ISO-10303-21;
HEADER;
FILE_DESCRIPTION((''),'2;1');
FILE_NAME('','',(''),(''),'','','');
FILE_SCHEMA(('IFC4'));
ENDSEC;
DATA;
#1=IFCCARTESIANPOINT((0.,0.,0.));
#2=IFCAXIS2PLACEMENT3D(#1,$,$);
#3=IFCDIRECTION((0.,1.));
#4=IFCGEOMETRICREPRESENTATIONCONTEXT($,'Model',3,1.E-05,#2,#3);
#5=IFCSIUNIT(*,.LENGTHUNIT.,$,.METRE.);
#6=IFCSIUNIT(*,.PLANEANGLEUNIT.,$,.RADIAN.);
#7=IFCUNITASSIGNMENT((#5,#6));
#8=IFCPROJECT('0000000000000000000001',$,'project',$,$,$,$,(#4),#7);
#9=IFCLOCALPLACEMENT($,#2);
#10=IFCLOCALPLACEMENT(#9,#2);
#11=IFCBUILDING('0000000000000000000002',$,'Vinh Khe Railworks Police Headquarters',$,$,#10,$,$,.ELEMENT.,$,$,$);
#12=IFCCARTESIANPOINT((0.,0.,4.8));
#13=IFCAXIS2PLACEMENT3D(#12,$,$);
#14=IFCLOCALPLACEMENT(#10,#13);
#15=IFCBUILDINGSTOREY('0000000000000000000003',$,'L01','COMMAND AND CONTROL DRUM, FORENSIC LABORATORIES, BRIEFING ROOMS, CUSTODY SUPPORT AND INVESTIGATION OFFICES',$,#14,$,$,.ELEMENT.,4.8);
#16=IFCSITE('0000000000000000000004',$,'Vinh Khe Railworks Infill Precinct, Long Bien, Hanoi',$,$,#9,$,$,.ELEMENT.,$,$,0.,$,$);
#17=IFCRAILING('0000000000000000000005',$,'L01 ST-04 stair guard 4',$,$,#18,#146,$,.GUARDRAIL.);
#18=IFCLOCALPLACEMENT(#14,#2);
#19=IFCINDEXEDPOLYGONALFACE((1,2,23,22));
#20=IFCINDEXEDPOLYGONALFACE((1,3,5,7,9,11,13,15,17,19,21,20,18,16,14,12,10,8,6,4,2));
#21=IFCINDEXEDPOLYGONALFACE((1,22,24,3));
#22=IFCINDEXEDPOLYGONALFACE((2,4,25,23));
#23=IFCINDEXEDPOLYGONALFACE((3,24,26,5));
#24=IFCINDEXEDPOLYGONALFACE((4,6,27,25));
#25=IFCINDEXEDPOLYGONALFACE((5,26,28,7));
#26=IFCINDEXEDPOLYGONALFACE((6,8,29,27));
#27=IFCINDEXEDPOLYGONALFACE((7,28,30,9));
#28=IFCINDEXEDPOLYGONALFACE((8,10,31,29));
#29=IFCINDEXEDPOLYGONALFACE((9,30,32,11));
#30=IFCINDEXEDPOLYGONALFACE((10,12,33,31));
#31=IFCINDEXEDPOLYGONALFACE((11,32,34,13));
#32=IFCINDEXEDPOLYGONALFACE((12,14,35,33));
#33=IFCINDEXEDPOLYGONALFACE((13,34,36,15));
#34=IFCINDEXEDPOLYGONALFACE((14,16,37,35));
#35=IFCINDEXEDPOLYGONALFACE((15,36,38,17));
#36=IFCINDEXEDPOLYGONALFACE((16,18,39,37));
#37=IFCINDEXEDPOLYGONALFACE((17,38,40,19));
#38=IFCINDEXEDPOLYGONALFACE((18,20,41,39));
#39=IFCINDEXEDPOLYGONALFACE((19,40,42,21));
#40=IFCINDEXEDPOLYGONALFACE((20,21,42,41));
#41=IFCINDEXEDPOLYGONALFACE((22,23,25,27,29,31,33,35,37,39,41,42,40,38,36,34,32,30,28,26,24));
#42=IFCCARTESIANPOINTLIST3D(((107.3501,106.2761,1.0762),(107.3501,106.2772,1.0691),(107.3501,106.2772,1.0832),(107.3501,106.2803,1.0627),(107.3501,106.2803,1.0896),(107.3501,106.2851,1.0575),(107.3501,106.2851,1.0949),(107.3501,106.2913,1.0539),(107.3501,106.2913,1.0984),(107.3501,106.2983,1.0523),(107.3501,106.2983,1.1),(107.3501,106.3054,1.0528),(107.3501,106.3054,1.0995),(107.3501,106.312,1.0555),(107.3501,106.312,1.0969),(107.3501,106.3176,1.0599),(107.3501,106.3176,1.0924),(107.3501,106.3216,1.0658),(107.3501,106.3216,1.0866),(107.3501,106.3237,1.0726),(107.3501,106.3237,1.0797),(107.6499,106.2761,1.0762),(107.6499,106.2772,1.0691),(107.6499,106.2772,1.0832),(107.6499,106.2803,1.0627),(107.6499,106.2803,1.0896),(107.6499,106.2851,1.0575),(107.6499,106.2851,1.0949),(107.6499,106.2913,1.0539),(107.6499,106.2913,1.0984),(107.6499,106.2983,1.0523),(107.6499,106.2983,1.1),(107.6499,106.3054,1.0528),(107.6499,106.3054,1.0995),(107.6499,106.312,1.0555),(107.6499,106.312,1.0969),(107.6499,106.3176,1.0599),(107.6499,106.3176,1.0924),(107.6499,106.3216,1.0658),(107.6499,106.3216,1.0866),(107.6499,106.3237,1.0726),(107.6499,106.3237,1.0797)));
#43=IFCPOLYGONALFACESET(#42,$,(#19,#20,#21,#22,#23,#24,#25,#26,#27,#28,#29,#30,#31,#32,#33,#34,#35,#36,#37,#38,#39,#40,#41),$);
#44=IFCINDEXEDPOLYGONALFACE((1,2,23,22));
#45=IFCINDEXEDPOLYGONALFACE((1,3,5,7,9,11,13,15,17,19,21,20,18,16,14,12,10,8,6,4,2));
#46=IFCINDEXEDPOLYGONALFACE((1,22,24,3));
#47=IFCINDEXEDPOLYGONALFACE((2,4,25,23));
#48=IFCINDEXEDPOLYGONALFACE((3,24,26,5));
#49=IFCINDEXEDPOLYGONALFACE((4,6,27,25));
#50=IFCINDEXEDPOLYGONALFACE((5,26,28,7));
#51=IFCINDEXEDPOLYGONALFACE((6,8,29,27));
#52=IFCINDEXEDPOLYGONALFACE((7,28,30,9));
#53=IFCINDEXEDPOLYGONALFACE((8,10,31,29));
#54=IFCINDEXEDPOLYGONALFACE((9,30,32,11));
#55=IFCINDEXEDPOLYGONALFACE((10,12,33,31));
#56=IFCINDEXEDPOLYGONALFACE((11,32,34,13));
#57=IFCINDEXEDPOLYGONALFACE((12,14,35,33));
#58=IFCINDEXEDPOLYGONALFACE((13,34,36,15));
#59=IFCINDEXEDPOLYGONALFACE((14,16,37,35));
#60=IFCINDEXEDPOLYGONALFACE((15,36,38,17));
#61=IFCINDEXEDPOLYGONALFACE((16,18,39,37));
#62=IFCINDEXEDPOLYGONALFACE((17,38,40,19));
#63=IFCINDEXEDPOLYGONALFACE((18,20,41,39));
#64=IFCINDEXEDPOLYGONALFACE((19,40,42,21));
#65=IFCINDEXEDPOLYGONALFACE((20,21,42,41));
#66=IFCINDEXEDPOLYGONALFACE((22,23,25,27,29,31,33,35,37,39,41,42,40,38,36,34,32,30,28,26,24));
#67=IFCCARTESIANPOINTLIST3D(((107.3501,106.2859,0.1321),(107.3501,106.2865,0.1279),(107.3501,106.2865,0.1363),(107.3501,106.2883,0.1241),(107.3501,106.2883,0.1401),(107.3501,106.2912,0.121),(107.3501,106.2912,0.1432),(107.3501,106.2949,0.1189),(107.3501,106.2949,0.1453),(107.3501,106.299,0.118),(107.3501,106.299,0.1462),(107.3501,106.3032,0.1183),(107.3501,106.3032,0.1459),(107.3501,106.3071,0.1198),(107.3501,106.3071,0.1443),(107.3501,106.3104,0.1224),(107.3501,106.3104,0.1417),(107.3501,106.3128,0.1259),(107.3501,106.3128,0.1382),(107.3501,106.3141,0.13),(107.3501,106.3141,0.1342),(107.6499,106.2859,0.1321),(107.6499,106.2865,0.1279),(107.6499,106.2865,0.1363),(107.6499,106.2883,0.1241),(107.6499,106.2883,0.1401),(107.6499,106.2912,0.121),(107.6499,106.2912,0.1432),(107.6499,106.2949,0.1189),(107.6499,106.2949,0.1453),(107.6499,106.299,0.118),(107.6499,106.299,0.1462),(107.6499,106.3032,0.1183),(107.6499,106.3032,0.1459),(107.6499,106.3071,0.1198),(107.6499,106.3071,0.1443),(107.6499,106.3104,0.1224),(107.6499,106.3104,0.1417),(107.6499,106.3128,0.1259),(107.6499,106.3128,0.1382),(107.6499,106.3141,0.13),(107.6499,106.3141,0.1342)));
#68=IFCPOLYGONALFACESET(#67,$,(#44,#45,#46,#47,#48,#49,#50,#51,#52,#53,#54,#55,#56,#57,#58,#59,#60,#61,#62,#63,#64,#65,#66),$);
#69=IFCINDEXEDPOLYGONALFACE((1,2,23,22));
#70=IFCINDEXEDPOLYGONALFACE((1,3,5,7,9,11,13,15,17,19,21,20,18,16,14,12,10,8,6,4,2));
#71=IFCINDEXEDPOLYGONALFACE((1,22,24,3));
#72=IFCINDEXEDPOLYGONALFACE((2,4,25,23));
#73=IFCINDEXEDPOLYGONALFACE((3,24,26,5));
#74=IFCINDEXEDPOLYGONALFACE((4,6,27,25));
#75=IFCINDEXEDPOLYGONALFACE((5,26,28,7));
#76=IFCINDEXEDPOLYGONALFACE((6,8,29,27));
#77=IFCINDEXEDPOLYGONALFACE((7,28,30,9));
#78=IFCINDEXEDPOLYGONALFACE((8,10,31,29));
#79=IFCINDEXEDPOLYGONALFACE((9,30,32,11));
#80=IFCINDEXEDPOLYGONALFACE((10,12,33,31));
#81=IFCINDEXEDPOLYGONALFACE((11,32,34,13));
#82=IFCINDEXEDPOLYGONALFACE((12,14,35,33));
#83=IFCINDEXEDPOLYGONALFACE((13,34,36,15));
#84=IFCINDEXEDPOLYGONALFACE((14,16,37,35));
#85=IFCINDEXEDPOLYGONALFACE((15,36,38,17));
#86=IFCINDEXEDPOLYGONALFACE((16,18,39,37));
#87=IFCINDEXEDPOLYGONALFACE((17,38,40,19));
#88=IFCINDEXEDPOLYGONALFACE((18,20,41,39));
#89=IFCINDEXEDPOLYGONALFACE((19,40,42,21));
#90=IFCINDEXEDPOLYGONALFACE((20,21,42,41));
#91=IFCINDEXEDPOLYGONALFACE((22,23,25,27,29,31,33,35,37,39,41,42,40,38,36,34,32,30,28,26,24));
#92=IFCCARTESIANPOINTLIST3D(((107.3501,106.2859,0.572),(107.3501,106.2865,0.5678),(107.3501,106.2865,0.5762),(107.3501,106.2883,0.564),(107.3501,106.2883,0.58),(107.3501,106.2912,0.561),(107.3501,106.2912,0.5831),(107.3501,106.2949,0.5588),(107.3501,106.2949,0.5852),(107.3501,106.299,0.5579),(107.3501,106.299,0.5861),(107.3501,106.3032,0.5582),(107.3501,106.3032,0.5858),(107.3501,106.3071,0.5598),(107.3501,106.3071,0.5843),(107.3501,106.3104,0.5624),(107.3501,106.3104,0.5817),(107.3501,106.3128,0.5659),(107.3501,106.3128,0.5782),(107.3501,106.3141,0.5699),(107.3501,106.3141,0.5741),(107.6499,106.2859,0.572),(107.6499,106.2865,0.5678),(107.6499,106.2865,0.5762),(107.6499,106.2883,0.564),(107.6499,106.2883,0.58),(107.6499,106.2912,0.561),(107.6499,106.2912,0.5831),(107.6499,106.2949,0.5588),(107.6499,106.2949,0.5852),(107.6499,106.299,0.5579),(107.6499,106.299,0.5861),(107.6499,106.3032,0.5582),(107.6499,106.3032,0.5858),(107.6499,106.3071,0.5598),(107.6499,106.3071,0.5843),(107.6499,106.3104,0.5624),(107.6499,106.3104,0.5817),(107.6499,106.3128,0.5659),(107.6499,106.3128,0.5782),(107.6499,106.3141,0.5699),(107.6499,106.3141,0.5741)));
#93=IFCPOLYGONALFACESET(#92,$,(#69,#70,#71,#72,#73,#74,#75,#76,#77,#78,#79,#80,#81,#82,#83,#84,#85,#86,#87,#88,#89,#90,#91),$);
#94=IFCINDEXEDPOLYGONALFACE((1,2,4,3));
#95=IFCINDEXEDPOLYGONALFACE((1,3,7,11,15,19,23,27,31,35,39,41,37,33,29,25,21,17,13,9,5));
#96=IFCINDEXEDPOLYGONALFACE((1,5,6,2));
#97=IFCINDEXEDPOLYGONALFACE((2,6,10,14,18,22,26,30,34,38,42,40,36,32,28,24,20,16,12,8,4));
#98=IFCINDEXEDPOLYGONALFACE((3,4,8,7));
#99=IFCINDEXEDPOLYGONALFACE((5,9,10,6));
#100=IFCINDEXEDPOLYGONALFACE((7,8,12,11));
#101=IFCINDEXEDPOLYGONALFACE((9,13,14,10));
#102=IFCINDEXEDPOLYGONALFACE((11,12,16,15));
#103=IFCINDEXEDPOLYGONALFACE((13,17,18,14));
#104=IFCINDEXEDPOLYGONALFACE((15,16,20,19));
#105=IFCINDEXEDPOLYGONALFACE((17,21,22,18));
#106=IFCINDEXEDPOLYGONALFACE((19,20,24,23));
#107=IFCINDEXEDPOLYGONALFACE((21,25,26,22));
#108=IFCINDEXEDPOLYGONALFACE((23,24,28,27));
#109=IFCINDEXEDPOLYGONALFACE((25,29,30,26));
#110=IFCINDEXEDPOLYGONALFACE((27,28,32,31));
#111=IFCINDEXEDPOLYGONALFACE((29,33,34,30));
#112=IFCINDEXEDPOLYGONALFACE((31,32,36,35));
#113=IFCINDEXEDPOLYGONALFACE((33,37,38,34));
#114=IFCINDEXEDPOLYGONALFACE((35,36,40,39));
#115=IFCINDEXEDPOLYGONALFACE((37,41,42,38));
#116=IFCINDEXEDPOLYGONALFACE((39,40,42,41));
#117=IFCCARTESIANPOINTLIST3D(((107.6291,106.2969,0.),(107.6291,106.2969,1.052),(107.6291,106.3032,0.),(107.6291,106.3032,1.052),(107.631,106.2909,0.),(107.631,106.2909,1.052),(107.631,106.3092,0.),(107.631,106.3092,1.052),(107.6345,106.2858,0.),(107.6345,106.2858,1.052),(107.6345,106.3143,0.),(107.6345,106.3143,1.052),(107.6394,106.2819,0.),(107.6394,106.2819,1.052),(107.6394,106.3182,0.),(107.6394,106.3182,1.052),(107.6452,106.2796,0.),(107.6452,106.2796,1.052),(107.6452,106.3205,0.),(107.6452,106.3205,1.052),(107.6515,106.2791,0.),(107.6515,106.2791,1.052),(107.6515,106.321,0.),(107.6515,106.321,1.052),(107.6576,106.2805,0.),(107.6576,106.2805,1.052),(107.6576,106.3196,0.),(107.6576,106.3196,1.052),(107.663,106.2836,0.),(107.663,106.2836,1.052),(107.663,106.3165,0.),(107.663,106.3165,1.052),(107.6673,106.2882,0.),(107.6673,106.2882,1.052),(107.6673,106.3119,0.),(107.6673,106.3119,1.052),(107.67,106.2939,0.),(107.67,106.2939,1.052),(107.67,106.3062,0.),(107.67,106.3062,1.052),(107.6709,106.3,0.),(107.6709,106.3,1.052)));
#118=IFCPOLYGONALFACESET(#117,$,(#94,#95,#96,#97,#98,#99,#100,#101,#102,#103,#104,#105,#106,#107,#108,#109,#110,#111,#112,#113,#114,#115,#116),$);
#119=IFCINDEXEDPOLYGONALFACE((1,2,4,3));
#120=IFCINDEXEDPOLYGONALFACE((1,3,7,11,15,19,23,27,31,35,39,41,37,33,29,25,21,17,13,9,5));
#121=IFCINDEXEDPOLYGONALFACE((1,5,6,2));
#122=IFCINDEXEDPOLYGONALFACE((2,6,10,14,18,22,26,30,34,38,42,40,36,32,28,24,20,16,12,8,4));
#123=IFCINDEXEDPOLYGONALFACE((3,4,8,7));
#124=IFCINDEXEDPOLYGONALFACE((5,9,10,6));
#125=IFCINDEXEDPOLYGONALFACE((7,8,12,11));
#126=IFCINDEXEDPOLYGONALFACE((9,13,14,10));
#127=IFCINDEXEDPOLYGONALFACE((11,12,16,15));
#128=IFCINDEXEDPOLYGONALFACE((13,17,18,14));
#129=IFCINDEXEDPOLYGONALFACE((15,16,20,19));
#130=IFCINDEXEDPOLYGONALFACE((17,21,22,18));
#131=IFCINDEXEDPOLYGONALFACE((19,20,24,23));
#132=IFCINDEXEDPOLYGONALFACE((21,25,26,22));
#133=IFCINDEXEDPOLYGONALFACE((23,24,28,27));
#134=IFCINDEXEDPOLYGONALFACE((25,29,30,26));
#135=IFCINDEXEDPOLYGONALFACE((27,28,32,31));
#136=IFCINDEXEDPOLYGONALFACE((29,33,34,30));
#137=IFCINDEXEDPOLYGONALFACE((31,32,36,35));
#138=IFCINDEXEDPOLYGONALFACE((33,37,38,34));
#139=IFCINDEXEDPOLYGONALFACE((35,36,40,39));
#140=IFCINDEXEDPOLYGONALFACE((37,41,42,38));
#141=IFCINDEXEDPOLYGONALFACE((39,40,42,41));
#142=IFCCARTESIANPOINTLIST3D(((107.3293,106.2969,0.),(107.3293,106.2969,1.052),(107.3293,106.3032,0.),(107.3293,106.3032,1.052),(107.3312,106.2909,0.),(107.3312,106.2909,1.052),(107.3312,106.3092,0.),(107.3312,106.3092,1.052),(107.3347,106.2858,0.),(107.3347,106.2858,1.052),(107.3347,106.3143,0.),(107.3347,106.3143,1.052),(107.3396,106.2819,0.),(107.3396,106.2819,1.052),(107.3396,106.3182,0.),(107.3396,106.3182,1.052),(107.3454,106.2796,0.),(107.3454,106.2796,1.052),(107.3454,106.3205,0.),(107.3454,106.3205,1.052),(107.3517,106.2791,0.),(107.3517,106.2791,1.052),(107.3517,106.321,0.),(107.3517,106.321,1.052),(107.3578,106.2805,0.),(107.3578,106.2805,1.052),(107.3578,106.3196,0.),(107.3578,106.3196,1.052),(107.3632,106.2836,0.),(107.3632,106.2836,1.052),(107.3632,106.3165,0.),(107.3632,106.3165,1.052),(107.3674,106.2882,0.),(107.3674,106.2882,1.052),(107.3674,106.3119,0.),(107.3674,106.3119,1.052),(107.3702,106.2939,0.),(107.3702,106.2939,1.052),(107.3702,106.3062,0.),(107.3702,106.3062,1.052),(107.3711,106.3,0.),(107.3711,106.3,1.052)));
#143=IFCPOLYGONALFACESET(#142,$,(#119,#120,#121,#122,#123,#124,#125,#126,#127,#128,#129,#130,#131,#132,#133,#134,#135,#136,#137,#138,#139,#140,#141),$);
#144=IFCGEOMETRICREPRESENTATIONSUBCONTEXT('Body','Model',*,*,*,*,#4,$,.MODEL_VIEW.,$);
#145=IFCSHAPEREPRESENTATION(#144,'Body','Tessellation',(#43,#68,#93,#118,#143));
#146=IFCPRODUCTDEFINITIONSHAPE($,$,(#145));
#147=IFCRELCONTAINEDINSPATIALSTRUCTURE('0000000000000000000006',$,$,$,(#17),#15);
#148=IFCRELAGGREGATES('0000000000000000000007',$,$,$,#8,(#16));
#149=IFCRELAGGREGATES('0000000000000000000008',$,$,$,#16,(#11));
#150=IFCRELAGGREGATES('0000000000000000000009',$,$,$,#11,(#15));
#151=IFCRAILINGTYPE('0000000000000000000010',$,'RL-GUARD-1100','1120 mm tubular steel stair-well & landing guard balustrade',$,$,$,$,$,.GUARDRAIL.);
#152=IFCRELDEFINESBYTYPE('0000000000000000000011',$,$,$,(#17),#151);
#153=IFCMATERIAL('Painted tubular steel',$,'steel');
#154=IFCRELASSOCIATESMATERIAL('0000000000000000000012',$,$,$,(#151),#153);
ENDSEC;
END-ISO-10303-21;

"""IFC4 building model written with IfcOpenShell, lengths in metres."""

from ifc_helpers import new_model, si_unit, direction, frame, origin, origin_2d, place, context, subcontext, project, spatial, circle, extrude, material, type_object, element, save


model = new_model("IFC4")

# Units and contexts
model_context = context("Model", 3, precision=1e-05, world=origin(), true_north=direction((0.0, 1.0)))
body_context = subcontext(model_context, "Body", "Model", "MODEL_VIEW")
ifc_project = project(units=[si_unit("LENGTHUNIT", "METRE"), si_unit("PLANEANGLEUNIT", "RADIAN")], contexts=[model_context])

# Site, building, storey
site_placement = place(None, origin())
site = spatial("IfcSite", under=ifc_project, at=site_placement, Name="Vinh Khe Railworks Infill Precinct, Long Bien, Hanoi", CompositionType="ELEMENT", RefElevation=0.0)
building_placement = place(site_placement, origin())
building = spatial("IfcBuilding", under=site, at=building_placement, Name="Vinh Khe Railworks Police Headquarters", CompositionType="ELEMENT")
storey_placement = place(building_placement, frame((0.0, 0.0, 4.8)))
storey = spatial("IfcBuildingStorey", under=building, at=storey_placement, Name="L01", Description="COMMAND AND CONTROL DRUM, FORENSIC LABORATORIES, BRIEFING ROOMS, CUSTODY SUPPORT AND INVESTIGATION OFFICES", CompositionType="ELEMENT", Elevation=4.8)

# Railing
ifc_material_1 = material(Name="Painted tubular steel", Category="steel")
railing_type_1 = type_object("IfcRailingType", Name="RL-GUARD-1100", Description="1120 mm tubular steel stair-well & landing guard balustrade", PredefinedType="GUARDRAIL", material=ifc_material_1)
railing_1_placement = place(storey_placement, frame((107.6499, 106.3, 0.0)))
element("IfcRailing", 1, at=railing_1_placement, inside=storey, type_object=railing_type_1, Name="L01 ST-04 stair guard 4", PredefinedType="GUARDRAIL", context=body_context, shape_type="SweptSolid", body=[
    extrude(circle(Radius=0.0239, at=origin_2d()), frame((0.0, 0.0, 1.0762), z_axis=(-1.0, 0.0, 0.0), x_axis=(0.0, -1.0, 0.0)), (0.0, 0.0, 1.0), 0.2998),
    extrude(circle(Radius=0.0142, at=origin_2d()), frame((0.0, 0.0, 0.1321), z_axis=(-1.0, 0.0, 0.0), x_axis=(0.0, -1.0, 0.0)), (0.0, 0.0, 1.0), 0.2998),
    extrude(circle(Radius=0.0142, at=origin_2d()), frame((0.0, 0.0, 0.572), z_axis=(-1.0, 0.0, 0.0), x_axis=(0.0, -1.0, 0.0)), (0.0, 0.0, 1.0), 0.2998),
    extrude(circle(Radius=0.021, at=origin_2d()), origin(), (0.0, 0.0, 1.0), 1.052),
    extrude(circle(Radius=0.021, at=origin_2d()), frame((-0.2998, 0.0, 0.0)), (0.0, 0.0, 1.0), 1.052),
])

save(model, "model.ifc")
